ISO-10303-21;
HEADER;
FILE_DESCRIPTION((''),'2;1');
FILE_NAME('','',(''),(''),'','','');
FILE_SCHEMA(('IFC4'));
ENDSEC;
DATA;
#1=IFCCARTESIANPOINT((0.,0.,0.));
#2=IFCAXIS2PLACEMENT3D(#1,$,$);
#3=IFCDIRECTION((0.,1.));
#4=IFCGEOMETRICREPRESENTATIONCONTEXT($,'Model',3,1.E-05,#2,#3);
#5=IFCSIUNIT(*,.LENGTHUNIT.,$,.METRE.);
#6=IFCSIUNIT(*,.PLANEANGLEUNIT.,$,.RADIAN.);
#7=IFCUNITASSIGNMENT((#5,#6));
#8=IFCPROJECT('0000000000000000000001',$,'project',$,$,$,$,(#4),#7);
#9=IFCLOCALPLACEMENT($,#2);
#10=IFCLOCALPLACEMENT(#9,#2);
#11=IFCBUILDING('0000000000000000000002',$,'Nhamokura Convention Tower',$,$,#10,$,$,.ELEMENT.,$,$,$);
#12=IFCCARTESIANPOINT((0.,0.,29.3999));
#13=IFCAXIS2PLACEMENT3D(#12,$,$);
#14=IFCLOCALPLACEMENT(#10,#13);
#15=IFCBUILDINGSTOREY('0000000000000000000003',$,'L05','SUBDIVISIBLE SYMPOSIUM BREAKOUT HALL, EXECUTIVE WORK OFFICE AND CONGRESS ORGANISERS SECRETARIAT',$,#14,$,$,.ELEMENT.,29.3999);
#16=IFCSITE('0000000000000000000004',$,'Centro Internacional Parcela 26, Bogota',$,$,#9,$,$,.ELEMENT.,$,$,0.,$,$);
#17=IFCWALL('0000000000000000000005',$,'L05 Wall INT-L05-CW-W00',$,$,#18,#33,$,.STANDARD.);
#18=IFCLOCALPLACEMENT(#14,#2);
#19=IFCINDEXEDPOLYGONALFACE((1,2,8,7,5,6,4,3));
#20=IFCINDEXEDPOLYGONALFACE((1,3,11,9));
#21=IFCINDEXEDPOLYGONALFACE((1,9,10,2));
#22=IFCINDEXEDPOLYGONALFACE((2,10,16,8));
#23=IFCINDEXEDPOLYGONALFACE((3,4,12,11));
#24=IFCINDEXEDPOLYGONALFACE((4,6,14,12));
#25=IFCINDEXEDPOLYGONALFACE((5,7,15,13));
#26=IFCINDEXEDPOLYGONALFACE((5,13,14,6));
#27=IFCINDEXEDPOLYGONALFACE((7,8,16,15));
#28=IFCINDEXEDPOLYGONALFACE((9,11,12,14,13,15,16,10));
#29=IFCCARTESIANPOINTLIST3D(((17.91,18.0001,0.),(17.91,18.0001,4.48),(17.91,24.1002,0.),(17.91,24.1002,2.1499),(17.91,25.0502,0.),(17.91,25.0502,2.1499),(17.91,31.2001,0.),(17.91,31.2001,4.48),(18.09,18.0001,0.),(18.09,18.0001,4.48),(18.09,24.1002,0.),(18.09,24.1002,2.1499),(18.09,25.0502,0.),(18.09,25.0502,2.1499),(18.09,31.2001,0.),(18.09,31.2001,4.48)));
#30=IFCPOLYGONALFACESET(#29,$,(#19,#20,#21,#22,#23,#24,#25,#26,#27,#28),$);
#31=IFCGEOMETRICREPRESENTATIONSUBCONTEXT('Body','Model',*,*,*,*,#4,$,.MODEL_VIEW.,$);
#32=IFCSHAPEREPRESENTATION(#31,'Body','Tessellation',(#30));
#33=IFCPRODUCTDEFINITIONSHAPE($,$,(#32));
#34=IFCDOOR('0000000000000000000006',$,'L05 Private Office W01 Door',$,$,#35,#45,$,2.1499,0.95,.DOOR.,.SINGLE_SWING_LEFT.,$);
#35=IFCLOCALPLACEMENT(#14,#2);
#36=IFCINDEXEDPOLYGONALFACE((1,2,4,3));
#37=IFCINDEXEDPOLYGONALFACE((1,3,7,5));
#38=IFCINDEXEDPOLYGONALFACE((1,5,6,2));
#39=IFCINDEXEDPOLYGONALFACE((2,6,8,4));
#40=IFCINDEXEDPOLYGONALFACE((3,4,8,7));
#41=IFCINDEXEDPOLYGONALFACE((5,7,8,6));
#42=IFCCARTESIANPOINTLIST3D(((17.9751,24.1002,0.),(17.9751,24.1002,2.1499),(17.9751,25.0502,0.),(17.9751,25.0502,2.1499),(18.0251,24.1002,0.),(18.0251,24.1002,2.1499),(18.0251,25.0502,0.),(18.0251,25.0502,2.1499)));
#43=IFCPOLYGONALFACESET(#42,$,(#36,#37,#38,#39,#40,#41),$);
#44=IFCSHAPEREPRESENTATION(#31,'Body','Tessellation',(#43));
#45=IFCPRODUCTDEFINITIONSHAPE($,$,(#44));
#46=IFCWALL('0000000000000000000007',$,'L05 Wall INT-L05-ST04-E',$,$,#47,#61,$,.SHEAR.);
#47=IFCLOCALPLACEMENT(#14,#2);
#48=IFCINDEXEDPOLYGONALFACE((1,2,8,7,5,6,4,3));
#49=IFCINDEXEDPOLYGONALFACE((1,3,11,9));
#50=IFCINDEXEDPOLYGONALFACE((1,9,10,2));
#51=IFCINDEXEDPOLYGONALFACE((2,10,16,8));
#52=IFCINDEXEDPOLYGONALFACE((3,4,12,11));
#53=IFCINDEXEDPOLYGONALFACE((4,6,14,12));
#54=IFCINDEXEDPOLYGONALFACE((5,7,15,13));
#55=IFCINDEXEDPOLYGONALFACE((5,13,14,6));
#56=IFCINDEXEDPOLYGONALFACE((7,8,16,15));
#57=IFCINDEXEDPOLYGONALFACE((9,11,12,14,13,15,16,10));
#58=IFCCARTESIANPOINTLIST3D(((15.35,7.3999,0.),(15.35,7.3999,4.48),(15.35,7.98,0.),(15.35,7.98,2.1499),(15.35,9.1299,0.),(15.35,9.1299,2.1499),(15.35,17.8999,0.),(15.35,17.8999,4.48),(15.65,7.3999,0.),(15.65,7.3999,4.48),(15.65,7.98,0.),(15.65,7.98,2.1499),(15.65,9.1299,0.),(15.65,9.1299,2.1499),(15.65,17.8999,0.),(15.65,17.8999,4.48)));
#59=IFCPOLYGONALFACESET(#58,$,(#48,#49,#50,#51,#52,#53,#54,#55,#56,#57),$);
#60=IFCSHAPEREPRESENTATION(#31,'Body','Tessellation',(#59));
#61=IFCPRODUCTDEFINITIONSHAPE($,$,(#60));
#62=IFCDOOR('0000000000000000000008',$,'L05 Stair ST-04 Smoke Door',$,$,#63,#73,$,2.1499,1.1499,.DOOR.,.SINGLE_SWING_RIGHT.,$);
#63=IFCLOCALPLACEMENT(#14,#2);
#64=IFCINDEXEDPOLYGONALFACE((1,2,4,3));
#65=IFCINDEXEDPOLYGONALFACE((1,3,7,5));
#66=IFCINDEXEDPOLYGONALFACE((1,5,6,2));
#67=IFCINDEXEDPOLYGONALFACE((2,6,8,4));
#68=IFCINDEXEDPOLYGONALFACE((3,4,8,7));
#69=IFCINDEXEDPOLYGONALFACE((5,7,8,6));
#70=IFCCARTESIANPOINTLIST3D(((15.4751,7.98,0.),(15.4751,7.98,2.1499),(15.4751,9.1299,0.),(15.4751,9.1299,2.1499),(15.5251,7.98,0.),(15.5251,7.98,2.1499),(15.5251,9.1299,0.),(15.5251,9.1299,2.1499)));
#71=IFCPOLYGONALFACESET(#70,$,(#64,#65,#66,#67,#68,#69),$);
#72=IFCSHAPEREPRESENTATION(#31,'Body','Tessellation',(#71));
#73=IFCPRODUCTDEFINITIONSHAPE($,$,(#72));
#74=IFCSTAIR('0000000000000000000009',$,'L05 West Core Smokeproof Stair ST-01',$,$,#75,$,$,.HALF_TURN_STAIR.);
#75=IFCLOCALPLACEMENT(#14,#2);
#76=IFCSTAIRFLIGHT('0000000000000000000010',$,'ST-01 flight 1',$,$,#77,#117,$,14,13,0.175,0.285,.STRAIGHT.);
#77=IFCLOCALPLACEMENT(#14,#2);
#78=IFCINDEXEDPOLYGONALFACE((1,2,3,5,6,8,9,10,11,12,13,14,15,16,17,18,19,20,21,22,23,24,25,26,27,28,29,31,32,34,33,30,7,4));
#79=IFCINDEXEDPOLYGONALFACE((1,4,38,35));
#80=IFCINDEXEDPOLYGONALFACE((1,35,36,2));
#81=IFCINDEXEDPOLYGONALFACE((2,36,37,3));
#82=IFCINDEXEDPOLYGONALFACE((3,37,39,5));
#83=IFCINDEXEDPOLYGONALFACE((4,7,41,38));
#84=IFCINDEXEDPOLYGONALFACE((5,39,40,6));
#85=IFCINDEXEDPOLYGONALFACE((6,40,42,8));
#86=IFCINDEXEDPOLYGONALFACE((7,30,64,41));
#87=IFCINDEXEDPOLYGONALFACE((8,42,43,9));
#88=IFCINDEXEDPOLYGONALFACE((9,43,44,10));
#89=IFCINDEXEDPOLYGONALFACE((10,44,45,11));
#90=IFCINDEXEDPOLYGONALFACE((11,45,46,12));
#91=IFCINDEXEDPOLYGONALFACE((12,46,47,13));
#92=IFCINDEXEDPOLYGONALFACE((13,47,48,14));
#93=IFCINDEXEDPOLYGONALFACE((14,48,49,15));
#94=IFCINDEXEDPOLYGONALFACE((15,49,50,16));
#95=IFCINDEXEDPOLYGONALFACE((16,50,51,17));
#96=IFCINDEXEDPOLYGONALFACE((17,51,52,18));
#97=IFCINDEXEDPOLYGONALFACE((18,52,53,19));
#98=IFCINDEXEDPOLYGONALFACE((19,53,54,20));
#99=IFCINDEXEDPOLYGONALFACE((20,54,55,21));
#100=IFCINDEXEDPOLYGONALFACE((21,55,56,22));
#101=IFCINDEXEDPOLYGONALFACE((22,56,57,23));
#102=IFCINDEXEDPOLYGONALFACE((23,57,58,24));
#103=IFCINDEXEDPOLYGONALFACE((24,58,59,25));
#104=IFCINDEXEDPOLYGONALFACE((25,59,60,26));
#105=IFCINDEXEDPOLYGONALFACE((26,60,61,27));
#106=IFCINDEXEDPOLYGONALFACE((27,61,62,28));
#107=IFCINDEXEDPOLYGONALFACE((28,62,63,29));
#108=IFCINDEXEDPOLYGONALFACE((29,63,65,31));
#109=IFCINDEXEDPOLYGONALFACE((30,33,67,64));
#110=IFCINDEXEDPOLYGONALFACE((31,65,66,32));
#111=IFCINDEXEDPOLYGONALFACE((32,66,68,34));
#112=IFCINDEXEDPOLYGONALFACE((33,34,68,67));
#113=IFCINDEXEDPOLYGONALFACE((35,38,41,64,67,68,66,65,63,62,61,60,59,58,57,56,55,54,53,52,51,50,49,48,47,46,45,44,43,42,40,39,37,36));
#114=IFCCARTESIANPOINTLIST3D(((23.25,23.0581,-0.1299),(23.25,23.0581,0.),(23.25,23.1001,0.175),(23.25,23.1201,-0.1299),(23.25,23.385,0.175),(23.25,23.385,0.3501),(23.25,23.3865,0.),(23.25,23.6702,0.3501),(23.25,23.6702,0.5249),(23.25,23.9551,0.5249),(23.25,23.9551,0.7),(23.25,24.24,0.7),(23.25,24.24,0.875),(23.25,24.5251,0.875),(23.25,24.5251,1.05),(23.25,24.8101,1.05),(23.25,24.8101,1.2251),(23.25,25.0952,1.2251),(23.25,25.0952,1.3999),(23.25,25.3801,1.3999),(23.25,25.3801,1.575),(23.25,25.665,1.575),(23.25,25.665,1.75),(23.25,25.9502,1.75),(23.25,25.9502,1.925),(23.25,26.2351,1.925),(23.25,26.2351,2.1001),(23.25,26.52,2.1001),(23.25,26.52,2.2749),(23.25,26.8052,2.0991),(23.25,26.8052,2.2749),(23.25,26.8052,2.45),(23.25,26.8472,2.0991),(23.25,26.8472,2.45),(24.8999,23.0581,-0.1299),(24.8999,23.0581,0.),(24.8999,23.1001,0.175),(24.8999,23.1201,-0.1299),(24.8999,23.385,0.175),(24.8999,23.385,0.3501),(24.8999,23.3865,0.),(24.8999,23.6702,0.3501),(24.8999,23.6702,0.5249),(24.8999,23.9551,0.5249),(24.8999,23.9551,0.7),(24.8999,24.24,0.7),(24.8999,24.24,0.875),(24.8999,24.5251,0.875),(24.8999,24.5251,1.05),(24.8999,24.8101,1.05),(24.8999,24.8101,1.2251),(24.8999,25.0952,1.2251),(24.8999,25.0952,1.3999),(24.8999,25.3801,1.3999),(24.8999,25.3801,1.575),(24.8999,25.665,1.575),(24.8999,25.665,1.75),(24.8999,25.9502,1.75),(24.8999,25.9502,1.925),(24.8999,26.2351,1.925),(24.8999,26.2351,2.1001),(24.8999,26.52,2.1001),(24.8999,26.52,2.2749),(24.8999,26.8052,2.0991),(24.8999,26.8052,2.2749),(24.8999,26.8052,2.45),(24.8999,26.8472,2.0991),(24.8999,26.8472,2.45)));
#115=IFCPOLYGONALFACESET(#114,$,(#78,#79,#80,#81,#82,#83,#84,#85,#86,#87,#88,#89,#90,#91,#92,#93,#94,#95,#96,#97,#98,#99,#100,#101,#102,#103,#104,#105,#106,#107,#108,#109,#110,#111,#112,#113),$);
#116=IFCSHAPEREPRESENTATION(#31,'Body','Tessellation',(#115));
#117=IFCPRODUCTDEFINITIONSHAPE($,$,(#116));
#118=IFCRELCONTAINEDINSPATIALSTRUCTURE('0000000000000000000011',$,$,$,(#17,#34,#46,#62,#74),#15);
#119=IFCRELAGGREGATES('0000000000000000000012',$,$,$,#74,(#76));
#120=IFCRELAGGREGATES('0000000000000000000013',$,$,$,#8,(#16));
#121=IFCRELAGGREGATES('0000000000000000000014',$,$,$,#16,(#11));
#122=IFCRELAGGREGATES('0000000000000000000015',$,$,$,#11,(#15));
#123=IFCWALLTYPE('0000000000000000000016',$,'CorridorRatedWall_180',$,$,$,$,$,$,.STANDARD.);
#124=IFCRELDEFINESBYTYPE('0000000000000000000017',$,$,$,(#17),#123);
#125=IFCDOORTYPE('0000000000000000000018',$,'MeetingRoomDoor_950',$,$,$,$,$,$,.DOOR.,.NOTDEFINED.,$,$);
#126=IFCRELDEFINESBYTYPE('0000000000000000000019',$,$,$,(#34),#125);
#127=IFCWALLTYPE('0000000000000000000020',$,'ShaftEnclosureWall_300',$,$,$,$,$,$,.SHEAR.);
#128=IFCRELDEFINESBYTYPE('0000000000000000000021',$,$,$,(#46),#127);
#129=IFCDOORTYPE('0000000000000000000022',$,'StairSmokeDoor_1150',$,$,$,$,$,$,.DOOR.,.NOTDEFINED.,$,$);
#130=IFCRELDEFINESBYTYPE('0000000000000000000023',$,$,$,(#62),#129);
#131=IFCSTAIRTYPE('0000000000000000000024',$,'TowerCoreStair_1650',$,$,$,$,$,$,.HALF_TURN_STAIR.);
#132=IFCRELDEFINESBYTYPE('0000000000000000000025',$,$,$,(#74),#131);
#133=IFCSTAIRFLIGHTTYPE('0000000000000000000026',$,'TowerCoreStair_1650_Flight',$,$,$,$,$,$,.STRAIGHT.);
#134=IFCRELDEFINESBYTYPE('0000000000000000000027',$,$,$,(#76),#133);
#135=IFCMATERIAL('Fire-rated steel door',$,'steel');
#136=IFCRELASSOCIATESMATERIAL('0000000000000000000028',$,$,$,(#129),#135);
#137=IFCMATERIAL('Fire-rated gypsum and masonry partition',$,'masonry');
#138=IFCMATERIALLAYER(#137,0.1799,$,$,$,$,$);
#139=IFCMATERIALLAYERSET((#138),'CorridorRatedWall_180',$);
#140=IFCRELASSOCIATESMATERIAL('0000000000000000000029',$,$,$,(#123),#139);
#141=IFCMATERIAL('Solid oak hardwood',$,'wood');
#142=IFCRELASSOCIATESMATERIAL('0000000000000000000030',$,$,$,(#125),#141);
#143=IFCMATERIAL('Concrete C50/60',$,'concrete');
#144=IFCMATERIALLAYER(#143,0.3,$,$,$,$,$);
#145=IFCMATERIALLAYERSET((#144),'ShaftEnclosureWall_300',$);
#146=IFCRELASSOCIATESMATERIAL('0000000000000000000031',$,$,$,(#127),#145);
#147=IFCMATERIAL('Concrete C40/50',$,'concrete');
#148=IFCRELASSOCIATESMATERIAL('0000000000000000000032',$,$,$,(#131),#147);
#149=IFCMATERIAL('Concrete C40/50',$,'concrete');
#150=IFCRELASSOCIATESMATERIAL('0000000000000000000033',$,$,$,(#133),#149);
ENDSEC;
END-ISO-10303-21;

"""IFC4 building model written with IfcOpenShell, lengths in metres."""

from ifc_helpers import new_model, si_unit, direction, frame, frame_2d, origin, place, context, subcontext, project, spatial, polyline, rectangle, outline, extrude, material, layer, layer_set, type_object, element, fill, aggregate, save


model = new_model("IFC4")

# Units and contexts
model_context = context("Model", 3, precision=1e-05, world=origin(), true_north=direction((0.0, 1.0)))
body_context = subcontext(model_context, "Body", "Model", "MODEL_VIEW")
ifc_project = project(units=[si_unit("LENGTHUNIT", "METRE"), si_unit("PLANEANGLEUNIT", "RADIAN")], contexts=[model_context])

# Site, building, storey
site_placement = place(None, origin())
site = spatial("IfcSite", under=ifc_project, at=site_placement, Name="Centro Internacional Parcela 26, Bogota", CompositionType="ELEMENT", RefElevation=0.0)
building_placement = place(site_placement, origin())
building = spatial("IfcBuilding", under=site, at=building_placement, Name="Nhamokura Convention Tower", CompositionType="ELEMENT")
storey_placement = place(building_placement, frame((0.0, 0.0, 29.3999)))
storey = spatial("IfcBuildingStorey", under=building, at=storey_placement, Name="L05", Description="SUBDIVISIBLE SYMPOSIUM BREAKOUT HALL, EXECUTIVE WORK OFFICE AND CONGRESS ORGANISERS SECRETARIAT", CompositionType="ELEMENT", Elevation=29.3999)

# Shared definitions
ifc_material_1 = material(Name="Fire-rated steel door", Category="steel")
door_type_1 = type_object("IfcDoorType", Name="StairSmokeDoor_1150", OperationType="NOTDEFINED", PredefinedType="DOOR", material=ifc_material_1)

# Wall, opening, door
ifc_material_2 = material(Name="Fire-rated gypsum and masonry partition", Category="masonry")
ifc_layer_1 = layer(ifc_material_2, 0.1799)
ifc_layer_set_1 = layer_set([ifc_layer_1], Name="CorridorRatedWall_180")
wall_type_1 = type_object("IfcWallType", Name="CorridorRatedWall_180", PredefinedType="STANDARD", material=ifc_layer_set_1)
wall_1_placement = place(storey_placement, frame((18.0, 18.0, 0.0), z_axis=(0.0, 0.0, 1.0), x_axis=(0.0, 1.0, 0.0)))
wall_1 = element("IfcWall", 1, at=wall_1_placement, inside=storey, type_object=wall_type_1, Name="L05 Wall INT-L05-CW-W00", PredefinedType="STANDARD", context=body_context, shape_type="SweptSolid", body=[
    extrude(rectangle(XDim=13.2, YDim=0.1799, at=frame_2d((6.6001, 0.0))), origin(), (0.0, 0.0, 1.0), 4.48),
])
opening_1_placement = place(wall_1_placement, frame((6.1001, 0.0, 0.0)))
opening_1 = element("IfcOpeningElement", 2, at=opening_1_placement, cuts=wall_1, PredefinedType="OPENING", context=body_context, shape_type="SweptSolid", body=[
    extrude(rectangle(XDim=0.95, YDim=2.1499, at=frame_2d((0.4751, 1.075))), frame((0.0, 0.0999, 0.0), z_axis=(0.0, -1.0, 0.0), x_axis=(1.0, 0.0, 0.0)), (0.0, 0.0, 1.0), 0.2),
])
ifc_material_3 = material(Name="Solid oak hardwood", Category="wood")
door_type_2 = type_object("IfcDoorType", Name="MeetingRoomDoor_950", OperationType="NOTDEFINED", PredefinedType="DOOR", material=ifc_material_3)
door_1_placement = place(opening_1_placement, origin())
door_1 = element("IfcDoor", 3, at=door_1_placement, inside=storey, type_object=door_type_2, Name="L05 Private Office W01 Door", OperationType="SINGLE_SWING_LEFT", OverallHeight=2.1499, OverallWidth=0.95, PredefinedType="DOOR", context=body_context, shape_type="SweptSolid", body=[
    extrude(rectangle(XDim=0.95, YDim=2.1499, at=frame_2d((0.4751, 1.075))), frame((0.0, 0.0249, 0.0), z_axis=(0.0, -1.0, 0.0), x_axis=(1.0, 0.0, 0.0)), (0.0, 0.0, 1.0), 0.05),
])
fill(opening_1, door_1)

# Wall, opening, door
ifc_material_4 = material(Name="Concrete C50/60", Category="concrete")
ifc_layer_2 = layer(ifc_material_4, 0.3)
ifc_layer_set_2 = layer_set([ifc_layer_2], Name="ShaftEnclosureWall_300")
wall_type_2 = type_object("IfcWallType", Name="ShaftEnclosureWall_300", PredefinedType="SHEAR", material=ifc_layer_set_2)
wall_2_placement = place(storey_placement, frame((15.5, 7.3999, 0.0), z_axis=(0.0, 0.0, 1.0), x_axis=(0.0, 1.0, 0.0)))
wall_2 = element("IfcWall", 4, at=wall_2_placement, inside=storey, type_object=wall_type_2, Name="L05 Wall INT-L05-ST04-E", PredefinedType="SHEAR", context=body_context, shape_type="SweptSolid", body=[
    extrude(rectangle(XDim=10.5, YDim=0.3, at=frame_2d((5.25, 0.0))), origin(), (0.0, 0.0, 1.0), 4.48),
])
opening_2_placement = place(wall_2_placement, frame((0.5801, 0.0, 0.0)))
opening_2 = element("IfcOpeningElement", 5, at=opening_2_placement, cuts=wall_2, PredefinedType="OPENING", context=body_context, shape_type="SweptSolid", body=[
    extrude(rectangle(XDim=1.1499, YDim=2.1499, at=frame_2d((0.575, 1.075))), frame((0.0, 0.1599, 0.0), z_axis=(0.0, -1.0, 0.0), x_axis=(1.0, 0.0, 0.0)), (0.0, 0.0, 1.0), 0.3201),
])
door_2_placement = place(opening_2_placement, origin())
door_2 = element("IfcDoor", 6, at=door_2_placement, inside=storey, type_object=door_type_1, Name="L05 Stair ST-04 Smoke Door", OperationType="SINGLE_SWING_RIGHT", OverallHeight=2.1499, OverallWidth=1.1499, PredefinedType="DOOR", context=body_context, shape_type="SweptSolid", body=[
    extrude(rectangle(XDim=1.1499, YDim=2.1499, at=frame_2d((0.575, 1.075))), frame((0.0, 0.0249, 0.0), z_axis=(0.0, -1.0, 0.0), x_axis=(1.0, 0.0, 0.0)), (0.0, 0.0, 1.0), 0.05),
])
fill(opening_2, door_2)

# Stair, stair flight
ifc_material_5 = material(Name="Concrete C40/50", Category="concrete")
stair_type = type_object("IfcStairType", Name="TowerCoreStair_1650", PredefinedType="HALF_TURN_STAIR", material=ifc_material_5)
stair_placement = place(storey_placement, origin())
stair = element("IfcStair", 7, at=stair_placement, inside=storey, type_object=stair_type, Name="L05 West Core Smokeproof Stair ST-01", PredefinedType="HALF_TURN_STAIR")
ifc_material_6 = material(Name="Concrete C40/50", Category="concrete")
stair_flight_type = type_object("IfcStairFlightType", Name="TowerCoreStair_1650_Flight", PredefinedType="STRAIGHT", material=ifc_material_6)
stair_flight_placement = place(storey_placement, frame((24.075, 23.1001, 0.0), z_axis=(0.0, 0.0, 1.0), x_axis=(0.0, 1.0, 0.0)))
stair_flight = element("IfcStairFlight", 8, at=stair_flight_placement, type_object=stair_flight_type, Name="ST-01 flight 1", NumberOfRisers=14, NumberOfTreads=13, PredefinedType="STRAIGHT", RiserHeight=0.175, TreadLength=0.285, context=body_context, shape_type="SweptSolid", body=[
    extrude(outline(polyline([(-0.042, 0.0), (0.0, 0.175), (0.2849, 0.175), (0.2849, 0.3501), (0.5701, 0.3501), (0.5701, 0.5249), (0.855, 0.5249), (0.855, 0.7), (1.1399, 0.7), (1.1399, 0.875), (1.425, 0.875), (1.425, 1.05), (1.71, 1.05), (1.71, 1.2251), (1.9951, 1.2251), (1.9951, 1.3999), (2.28, 1.3999), (2.28, 1.575), (2.5649, 1.575), (2.5649, 1.75), (2.8501, 1.75), (2.8501, 1.925), (3.135, 1.925), (3.135, 2.1001), (3.4199, 2.1001), (3.4199, 2.2749), (3.7051, 2.2749), (3.7051, 2.45), (3.7471, 2.45), (3.7471, 2.0991), (3.7051, 2.0991), (0.2864, 0.0), (0.02, -0.1299), (-0.042, -0.1299), (-0.042, 0.0)])), frame((0.0, 0.825, 0.0), z_axis=(0.0, -1.0, 0.0), x_axis=(1.0, 0.0, 0.0)), (0.0, 0.0, 1.0), 1.6499),
])
aggregate(stair, [stair_flight])

save(model, "model.ifc")
